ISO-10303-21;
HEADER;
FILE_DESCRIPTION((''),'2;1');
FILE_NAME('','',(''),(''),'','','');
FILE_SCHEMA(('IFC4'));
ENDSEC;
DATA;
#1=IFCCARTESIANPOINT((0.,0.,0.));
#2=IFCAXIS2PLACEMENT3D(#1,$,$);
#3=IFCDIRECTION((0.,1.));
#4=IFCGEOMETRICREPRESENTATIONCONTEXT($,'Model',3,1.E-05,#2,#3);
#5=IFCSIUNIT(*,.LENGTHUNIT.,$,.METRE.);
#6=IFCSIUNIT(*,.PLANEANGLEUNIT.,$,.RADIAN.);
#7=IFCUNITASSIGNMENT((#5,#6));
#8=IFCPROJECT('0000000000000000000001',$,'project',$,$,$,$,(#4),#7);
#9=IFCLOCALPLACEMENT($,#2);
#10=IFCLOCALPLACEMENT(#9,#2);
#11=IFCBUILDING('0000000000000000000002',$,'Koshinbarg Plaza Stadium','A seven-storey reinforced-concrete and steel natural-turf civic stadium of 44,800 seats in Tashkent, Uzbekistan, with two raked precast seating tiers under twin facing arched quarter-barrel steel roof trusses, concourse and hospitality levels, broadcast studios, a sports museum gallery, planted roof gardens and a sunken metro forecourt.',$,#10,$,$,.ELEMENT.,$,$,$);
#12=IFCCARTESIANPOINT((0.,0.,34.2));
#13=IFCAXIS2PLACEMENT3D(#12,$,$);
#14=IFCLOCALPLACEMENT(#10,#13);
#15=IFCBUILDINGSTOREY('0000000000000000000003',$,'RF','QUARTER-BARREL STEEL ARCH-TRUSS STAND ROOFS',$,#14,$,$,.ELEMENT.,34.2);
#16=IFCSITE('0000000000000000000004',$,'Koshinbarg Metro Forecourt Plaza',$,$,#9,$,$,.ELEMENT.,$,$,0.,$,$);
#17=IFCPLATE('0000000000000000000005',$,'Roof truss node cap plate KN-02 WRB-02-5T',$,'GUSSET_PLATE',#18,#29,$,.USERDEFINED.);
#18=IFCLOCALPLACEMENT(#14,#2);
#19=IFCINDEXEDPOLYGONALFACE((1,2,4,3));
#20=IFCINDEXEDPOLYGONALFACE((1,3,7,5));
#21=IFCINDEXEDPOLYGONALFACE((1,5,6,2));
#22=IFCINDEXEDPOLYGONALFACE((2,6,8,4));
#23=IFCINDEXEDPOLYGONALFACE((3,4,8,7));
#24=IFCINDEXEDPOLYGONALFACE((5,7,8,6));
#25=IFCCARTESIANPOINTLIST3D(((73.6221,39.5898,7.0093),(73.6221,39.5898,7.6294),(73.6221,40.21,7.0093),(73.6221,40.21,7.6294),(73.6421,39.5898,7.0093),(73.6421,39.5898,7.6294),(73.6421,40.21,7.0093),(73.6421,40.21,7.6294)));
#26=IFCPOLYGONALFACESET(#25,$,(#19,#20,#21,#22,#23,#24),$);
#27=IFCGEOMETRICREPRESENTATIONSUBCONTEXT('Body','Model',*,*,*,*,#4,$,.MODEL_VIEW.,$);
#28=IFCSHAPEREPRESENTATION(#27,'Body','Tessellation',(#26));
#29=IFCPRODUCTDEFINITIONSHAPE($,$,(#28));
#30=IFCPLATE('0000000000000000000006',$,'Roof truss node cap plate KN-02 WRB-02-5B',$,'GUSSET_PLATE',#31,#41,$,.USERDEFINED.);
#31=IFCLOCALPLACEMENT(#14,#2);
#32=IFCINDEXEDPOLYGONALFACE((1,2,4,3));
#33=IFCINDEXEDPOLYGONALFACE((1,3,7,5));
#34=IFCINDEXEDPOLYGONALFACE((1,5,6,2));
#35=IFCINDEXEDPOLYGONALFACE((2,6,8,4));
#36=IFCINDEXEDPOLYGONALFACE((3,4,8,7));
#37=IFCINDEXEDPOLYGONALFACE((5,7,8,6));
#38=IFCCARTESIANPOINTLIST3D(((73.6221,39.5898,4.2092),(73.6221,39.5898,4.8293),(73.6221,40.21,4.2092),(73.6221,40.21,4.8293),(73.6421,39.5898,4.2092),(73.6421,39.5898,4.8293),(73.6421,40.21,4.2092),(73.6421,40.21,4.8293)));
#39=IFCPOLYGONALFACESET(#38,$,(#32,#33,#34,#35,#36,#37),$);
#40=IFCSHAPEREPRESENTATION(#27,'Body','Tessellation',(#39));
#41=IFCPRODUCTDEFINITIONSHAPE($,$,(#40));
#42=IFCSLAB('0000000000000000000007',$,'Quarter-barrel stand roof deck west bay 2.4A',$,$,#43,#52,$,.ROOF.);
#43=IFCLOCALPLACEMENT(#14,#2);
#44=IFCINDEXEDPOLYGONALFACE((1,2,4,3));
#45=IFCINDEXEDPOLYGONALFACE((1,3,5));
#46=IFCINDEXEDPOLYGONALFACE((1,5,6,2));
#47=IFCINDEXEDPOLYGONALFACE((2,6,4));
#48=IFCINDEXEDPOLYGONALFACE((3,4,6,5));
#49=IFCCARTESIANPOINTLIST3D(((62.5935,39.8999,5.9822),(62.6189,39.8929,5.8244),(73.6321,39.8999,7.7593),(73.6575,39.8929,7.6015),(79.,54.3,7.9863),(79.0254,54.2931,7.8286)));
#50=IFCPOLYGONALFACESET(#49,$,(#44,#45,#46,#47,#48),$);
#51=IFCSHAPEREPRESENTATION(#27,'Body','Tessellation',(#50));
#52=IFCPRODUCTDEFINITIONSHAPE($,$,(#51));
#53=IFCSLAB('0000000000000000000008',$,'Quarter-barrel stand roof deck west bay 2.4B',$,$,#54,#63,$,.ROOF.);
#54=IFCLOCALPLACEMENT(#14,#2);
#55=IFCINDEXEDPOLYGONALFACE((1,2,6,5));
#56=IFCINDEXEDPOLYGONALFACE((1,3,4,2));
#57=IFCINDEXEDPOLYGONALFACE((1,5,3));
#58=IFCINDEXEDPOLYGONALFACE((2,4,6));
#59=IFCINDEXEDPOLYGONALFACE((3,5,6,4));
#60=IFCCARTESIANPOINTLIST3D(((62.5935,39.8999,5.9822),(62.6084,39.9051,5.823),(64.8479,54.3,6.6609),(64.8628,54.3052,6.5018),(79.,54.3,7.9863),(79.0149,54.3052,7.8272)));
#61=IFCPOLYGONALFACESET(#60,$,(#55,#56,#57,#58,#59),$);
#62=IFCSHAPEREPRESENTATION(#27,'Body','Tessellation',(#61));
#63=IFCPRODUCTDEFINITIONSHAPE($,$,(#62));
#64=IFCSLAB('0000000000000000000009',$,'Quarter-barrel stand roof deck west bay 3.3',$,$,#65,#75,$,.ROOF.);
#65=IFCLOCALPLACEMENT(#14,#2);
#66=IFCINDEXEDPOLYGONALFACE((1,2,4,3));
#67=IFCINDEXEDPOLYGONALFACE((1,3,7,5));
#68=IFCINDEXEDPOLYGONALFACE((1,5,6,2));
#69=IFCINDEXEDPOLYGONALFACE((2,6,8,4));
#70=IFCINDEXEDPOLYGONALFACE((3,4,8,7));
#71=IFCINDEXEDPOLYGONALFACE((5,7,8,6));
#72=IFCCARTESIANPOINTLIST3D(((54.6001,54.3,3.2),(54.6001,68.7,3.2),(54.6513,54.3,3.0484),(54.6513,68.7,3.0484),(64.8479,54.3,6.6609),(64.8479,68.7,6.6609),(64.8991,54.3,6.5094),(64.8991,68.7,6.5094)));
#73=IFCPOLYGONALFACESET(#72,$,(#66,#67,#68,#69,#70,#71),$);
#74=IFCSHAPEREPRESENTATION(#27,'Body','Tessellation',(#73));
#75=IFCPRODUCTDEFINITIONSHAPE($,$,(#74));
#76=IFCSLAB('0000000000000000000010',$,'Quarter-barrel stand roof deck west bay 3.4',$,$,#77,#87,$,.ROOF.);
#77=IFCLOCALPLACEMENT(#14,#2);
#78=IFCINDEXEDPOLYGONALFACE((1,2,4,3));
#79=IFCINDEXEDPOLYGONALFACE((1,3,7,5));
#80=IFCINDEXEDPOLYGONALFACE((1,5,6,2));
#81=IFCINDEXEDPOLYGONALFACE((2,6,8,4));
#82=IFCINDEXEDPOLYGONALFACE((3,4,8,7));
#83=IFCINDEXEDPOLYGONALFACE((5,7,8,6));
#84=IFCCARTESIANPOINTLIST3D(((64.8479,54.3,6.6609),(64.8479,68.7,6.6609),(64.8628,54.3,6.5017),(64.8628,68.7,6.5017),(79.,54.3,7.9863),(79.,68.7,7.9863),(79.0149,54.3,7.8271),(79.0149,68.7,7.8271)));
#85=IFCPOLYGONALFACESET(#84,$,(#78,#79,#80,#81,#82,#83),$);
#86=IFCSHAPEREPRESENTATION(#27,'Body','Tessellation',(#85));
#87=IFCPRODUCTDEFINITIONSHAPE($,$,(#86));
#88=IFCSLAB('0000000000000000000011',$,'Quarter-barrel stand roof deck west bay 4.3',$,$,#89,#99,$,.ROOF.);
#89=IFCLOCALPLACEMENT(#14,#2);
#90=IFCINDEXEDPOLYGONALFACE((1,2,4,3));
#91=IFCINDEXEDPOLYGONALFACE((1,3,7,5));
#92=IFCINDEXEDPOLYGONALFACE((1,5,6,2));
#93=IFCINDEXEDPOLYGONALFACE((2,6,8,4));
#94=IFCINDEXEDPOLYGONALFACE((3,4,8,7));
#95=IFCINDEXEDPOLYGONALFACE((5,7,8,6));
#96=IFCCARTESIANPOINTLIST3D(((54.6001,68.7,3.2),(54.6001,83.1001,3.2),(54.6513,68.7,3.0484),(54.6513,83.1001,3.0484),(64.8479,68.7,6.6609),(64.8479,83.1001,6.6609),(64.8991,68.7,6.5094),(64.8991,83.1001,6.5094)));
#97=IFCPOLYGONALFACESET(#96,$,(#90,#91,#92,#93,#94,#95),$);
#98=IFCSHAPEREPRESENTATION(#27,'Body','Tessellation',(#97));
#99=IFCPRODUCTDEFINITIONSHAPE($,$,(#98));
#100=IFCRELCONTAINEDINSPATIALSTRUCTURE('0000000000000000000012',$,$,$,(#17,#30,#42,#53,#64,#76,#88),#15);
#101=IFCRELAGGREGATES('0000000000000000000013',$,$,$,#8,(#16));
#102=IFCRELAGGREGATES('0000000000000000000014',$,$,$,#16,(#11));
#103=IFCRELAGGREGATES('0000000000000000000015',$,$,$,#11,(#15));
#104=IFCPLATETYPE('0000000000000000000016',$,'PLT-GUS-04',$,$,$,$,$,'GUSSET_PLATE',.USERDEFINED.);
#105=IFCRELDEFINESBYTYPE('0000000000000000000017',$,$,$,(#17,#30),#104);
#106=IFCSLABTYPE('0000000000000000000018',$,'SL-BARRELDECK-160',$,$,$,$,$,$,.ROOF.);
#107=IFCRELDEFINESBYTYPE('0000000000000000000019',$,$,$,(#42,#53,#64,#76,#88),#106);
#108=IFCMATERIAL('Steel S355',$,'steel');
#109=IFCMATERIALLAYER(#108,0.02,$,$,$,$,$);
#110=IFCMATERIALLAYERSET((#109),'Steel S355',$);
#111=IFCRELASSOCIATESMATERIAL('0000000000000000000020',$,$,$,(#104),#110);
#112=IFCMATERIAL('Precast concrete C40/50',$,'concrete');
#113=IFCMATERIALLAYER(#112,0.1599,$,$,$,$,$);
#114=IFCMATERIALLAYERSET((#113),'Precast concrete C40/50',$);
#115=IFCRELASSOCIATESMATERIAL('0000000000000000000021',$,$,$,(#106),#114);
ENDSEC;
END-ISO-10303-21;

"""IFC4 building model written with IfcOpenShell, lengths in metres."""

from ifc_helpers import new_model, si_unit, direction, frame, origin, origin_2d, place, context, subcontext, project, spatial, polyline, rectangle, outline, extrude, material, layer, layer_set, type_object, element, save


model = new_model("IFC4")

# Units and contexts
model_context = context("Model", 3, precision=1e-05, world=origin(), true_north=direction((0.0, 1.0)))
body_context = subcontext(model_context, "Body", "Model", "MODEL_VIEW")
ifc_project = project(units=[si_unit("LENGTHUNIT", "METRE"), si_unit("PLANEANGLEUNIT", "RADIAN")], contexts=[model_context])

# Site, building, storey
site_placement = place(None, origin())
site = spatial("IfcSite", under=ifc_project, at=site_placement, Name="Koshinbarg Metro Forecourt Plaza", CompositionType="ELEMENT", RefElevation=0.0)
building_placement = place(site_placement, origin())
building = spatial("IfcBuilding", under=site, at=building_placement, Name="Koshinbarg Plaza Stadium", Description="A seven-storey reinforced-concrete and steel natural-turf civic stadium of 44,800 seats in Tashkent, Uzbekistan, with two raked precast seating tiers under twin facing arched quarter-barrel steel roof trusses, concourse and hospitality levels, broadcast studios, a sports museum gallery, planted roof gardens and a sunken metro forecourt.", CompositionType="ELEMENT")
storey_placement = place(building_placement, frame((0.0, 0.0, 34.2)))
storey = spatial("IfcBuildingStorey", under=building, at=storey_placement, Name="RF", Description="QUARTER-BARREL STEEL ARCH-TRUSS STAND ROOFS", CompositionType="ELEMENT", Elevation=34.2)

# Shared definitions
ifc_material_1 = material(Name="Steel S355", Category="steel")

# Plates
ifc_layer_1 = layer(ifc_material_1, 0.02)
ifc_layer_set_1 = layer_set([ifc_layer_1], Name="Steel S355")
plate_type_1 = type_object("IfcPlateType", Name="PLT-GUS-04", ElementType="GUSSET_PLATE", PredefinedType="USERDEFINED", material=ifc_layer_set_1)
for number, where, z_axis, x_axis, name in (
    (1, (73.6321, 39.8999, 7.0093), (0.0, 0.0, 1.0), (1.0, 0.0, 0.0), "Roof truss node cap plate KN-02 WRB-02-5T"),
    (2, (73.6321, 39.8999, 4.2092), (0.0, 0.0, 1.0), (1.0, 0.0, 0.0), "Roof truss node cap plate KN-02 WRB-02-5B"),
):
    element("IfcPlate", number, at=place(storey_placement, frame(where, z_axis=z_axis, x_axis=x_axis)), inside=storey, type_object=plate_type_1, Name=name, ObjectType="GUSSET_PLATE", PredefinedType="USERDEFINED", context=body_context, shape_type="SweptSolid", body=[
        extrude(rectangle(XDim=0.02, YDim=0.6201, at=origin_2d()), origin(), (0.0, 0.0, 1.0), 0.6201),
    ])

# Slabs
ifc_material_2 = material(Name="Precast concrete C40/50", Category="concrete")
ifc_layer_2 = layer(ifc_material_2, 0.1599)
ifc_layer_set_2 = layer_set([ifc_layer_2], Name="Precast concrete C40/50")
slab_type = type_object("IfcSlabType", Name="SL-BARRELDECK-160", PredefinedType="ROOF", material=ifc_layer_set_2)
slab_1_placement = place(storey_placement, frame((62.5935, 39.8999, 5.9822), z_axis=(-0.158792, 0.043641, 0.986347), x_axis=(0.987288, 0.0, 0.158943)))
element("IfcSlab", 3, at=slab_1_placement, inside=storey, type_object=slab_type, Name="Quarter-barrel stand roof deck west bay 2.4A", PredefinedType="ROOF", context=body_context, shape_type="SweptSolid", body=[
    extrude(outline(polyline([(0.0, 0.0), (11.1807, 0.0), (16.5165, 14.4139), (0.0, 0.0)])), origin(), (0.0, 0.0, -1.0), 0.1599),
])
slab_2_placement = place(storey_placement, frame((62.5935, 39.8999, 5.9822), z_axis=(-0.0932, -0.032312, 0.995123), x_axis=(0.748419, 0.656895, 0.091424)))
element("IfcSlab", 4, at=slab_2_placement, inside=storey, type_object=slab_type, Name="Quarter-barrel stand roof deck west bay 2.4B", PredefinedType="ROOF", context=body_context, shape_type="SweptSolid", body=[
    extrude(outline(polyline([(0.0, 0.0), (21.9215, 0.0), (11.2087, 9.342), (0.0, 0.0)])), origin(), (0.0, 0.0, -1.0), 0.1599),
])
slab_3_placement = place(storey_placement, frame((54.6001, 54.3, 3.2), z_axis=(-0.31997, 0.0, 0.947428), x_axis=(0.947428, 0.0, 0.31997)))
element("IfcSlab", 5, at=slab_3_placement, inside=storey, type_object=slab_type, Name="Quarter-barrel stand roof deck west bay 3.3", PredefinedType="ROOF", context=body_context, shape_type="SweptSolid", body=[
    extrude(outline(polyline([(0.0, 0.0), (10.8164, 0.0), (10.8164, 14.3999), (0.0, 14.3999), (0.0, 0.0)])), origin(), (0.0, 0.0, -1.0), 0.1599),
])
slab_4_placement = place(storey_placement, frame((64.8479, 54.3, 6.6609), z_axis=(-0.093249, 0.0, 0.995643), x_axis=(0.995643, 0.0, 0.093249)))
element("IfcSlab", 6, at=slab_4_placement, inside=storey, type_object=slab_type, Name="Quarter-barrel stand roof deck west bay 3.4", PredefinedType="ROOF", context=body_context, shape_type="SweptSolid", body=[
    extrude(outline(polyline([(0.0, 0.0), (14.214, 0.0), (14.214, 14.3999), (0.0, 14.3999), (0.0, 0.0)])), origin(), (0.0, 0.0, -1.0), 0.1599),
])
slab_5_placement = place(storey_placement, frame((54.6001, 68.7, 3.2), z_axis=(-0.31997, 0.0, 0.947428), x_axis=(0.947428, 0.0, 0.31997)))
element("IfcSlab", 7, at=slab_5_placement, inside=storey, type_object=slab_type, Name="Quarter-barrel stand roof deck west bay 4.3", PredefinedType="ROOF", context=body_context, shape_type="SweptSolid", body=[
    extrude(outline(polyline([(0.0, 0.0), (10.8164, 0.0), (10.8164, 14.4001), (0.0, 14.4001), (0.0, 0.0)])), origin(), (0.0, 0.0, -1.0), 0.1599),
])

save(model, "model.ifc")
